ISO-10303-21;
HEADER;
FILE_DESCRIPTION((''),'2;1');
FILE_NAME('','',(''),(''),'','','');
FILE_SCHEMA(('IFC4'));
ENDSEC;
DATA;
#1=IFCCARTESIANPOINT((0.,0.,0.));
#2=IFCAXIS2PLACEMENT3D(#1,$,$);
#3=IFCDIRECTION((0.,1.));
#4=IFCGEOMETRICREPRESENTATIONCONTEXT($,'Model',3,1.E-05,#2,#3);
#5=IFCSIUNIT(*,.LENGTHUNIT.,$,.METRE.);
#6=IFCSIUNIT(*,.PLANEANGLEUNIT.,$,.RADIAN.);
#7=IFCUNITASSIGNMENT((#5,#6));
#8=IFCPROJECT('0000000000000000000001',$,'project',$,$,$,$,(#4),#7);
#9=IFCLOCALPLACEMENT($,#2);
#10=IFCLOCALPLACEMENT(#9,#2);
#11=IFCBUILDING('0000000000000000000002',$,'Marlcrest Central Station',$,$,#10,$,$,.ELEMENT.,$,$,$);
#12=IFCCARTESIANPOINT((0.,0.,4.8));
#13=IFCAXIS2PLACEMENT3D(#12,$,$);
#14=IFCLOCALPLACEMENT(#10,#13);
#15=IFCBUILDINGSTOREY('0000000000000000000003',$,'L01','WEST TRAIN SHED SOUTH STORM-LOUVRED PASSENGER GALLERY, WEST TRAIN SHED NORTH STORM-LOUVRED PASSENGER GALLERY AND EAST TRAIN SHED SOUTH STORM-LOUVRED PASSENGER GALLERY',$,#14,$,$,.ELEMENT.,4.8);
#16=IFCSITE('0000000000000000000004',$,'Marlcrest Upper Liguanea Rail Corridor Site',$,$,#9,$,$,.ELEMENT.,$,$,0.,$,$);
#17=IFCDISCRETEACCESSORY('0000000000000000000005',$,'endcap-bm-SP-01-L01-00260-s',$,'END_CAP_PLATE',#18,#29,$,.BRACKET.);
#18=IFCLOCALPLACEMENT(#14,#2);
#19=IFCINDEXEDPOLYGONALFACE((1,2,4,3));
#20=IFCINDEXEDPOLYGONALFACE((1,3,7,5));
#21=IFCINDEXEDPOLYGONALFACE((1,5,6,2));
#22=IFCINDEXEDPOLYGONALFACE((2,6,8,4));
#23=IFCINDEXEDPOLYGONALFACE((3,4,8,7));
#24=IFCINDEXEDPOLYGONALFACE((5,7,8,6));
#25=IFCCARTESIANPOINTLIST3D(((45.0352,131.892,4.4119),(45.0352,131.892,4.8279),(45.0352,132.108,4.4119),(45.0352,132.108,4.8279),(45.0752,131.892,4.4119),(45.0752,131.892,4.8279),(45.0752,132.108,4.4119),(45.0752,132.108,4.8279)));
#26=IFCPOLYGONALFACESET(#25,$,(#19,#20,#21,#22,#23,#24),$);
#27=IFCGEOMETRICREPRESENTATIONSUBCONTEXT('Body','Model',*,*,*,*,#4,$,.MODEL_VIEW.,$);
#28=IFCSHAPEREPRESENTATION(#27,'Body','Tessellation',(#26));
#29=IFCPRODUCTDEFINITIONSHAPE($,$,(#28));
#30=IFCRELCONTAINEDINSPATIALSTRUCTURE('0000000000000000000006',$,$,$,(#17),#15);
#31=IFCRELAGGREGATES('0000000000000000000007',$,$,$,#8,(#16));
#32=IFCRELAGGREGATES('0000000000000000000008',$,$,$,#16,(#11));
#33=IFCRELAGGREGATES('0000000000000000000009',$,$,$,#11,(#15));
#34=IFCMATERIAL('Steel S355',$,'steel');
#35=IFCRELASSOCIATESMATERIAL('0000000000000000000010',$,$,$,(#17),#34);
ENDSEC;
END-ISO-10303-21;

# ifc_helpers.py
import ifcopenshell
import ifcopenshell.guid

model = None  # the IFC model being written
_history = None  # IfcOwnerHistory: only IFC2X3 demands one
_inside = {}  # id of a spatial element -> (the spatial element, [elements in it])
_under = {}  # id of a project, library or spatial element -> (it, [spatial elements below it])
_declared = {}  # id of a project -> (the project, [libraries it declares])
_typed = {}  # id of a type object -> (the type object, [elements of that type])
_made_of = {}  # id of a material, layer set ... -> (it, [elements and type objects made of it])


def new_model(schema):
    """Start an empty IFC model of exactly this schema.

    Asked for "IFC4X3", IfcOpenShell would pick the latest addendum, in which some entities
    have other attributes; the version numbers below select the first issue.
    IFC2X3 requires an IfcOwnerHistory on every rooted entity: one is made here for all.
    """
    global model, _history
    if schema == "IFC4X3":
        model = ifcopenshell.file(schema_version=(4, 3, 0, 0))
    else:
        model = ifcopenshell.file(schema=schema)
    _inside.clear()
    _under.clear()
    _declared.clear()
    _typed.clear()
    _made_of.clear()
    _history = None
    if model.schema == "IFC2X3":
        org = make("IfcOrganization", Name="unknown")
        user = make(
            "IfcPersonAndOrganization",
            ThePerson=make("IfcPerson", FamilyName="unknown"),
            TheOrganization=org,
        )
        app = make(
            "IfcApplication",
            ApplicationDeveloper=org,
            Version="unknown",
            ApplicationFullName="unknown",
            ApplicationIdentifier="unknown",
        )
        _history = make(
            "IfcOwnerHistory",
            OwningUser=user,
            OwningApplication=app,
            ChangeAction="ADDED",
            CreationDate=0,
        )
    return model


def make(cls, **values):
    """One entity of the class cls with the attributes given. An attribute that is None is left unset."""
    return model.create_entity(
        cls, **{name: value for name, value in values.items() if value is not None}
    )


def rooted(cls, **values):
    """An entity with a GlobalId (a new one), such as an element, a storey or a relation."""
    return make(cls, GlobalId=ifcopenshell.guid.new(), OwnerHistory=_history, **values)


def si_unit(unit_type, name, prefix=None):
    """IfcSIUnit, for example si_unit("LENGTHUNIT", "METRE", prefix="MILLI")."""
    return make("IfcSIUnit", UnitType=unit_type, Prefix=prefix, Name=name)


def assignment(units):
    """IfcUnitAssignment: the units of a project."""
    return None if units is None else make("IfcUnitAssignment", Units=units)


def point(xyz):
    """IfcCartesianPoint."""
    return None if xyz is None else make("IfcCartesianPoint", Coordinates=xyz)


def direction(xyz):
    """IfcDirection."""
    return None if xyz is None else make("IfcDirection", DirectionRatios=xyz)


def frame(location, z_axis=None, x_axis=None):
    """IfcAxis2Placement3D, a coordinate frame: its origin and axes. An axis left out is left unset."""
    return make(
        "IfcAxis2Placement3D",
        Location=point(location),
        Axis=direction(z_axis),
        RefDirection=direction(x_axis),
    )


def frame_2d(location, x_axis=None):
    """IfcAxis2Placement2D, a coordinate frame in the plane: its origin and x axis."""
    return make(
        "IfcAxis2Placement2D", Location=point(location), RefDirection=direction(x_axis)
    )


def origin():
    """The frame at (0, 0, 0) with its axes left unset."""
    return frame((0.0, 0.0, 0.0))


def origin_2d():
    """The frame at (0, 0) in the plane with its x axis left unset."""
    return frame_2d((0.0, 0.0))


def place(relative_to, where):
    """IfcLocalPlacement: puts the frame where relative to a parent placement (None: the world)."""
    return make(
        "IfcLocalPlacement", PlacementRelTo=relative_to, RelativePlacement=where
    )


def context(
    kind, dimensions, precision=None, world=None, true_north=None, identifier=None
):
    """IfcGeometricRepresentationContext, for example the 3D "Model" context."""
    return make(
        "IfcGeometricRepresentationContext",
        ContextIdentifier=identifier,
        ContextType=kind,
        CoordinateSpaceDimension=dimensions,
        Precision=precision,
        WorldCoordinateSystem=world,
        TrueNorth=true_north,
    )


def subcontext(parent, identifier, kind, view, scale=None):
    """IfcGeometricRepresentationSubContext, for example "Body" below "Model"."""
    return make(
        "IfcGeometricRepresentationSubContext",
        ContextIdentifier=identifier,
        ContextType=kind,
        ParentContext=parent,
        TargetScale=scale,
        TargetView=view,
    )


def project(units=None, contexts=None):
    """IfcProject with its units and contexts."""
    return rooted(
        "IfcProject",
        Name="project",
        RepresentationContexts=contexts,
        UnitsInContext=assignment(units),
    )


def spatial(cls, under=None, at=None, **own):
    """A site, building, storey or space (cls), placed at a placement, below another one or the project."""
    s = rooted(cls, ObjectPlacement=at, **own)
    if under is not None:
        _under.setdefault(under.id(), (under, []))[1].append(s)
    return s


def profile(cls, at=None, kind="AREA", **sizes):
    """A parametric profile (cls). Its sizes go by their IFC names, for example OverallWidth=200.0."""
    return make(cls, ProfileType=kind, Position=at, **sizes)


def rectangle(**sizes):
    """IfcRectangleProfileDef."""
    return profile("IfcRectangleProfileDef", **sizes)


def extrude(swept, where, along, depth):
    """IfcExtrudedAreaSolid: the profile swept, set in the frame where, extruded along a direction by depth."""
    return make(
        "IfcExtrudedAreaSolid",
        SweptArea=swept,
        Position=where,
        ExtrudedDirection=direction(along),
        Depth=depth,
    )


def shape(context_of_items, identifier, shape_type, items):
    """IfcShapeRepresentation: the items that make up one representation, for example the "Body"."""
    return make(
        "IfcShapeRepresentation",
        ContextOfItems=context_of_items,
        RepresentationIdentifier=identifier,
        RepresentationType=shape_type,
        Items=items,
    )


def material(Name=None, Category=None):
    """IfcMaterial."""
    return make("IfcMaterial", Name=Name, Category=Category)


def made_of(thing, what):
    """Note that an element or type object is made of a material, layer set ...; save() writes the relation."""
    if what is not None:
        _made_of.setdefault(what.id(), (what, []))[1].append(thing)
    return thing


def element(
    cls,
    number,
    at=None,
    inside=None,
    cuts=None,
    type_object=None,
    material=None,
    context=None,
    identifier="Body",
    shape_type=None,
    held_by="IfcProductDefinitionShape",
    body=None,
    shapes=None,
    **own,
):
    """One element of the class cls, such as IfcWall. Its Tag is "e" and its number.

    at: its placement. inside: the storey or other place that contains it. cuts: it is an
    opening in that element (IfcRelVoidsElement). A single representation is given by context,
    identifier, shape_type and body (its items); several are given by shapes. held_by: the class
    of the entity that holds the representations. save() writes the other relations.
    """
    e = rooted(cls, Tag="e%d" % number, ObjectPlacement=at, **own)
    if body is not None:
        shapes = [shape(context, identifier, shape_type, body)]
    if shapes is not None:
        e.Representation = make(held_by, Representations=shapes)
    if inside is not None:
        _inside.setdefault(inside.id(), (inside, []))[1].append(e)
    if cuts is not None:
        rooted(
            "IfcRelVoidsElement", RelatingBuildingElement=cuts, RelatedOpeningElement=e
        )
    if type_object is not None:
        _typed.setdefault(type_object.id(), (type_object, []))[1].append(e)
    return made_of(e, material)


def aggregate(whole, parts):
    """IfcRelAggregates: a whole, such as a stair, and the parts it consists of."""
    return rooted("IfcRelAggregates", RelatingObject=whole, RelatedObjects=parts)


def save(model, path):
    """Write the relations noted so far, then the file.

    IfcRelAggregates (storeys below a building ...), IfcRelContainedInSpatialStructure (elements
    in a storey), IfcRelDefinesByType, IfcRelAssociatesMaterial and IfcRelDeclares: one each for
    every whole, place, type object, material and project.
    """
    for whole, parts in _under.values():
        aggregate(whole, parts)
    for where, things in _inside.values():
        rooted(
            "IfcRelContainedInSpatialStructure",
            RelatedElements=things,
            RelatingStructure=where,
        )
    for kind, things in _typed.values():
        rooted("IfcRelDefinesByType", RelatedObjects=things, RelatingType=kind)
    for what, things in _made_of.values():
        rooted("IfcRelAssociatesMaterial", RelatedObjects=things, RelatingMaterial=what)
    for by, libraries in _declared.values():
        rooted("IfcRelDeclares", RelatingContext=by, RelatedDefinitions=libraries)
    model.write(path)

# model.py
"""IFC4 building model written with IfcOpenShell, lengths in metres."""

from ifc_helpers import new_model, si_unit, direction, frame, origin, origin_2d, place, context, subcontext, project, spatial, rectangle, extrude, material, element, save


model = new_model("IFC4")

# Units and contexts
model_context = context("Model", 3, precision=1e-05, world=origin(), true_north=direction((0.0, 1.0)))
body_context = subcontext(model_context, "Body", "Model", "MODEL_VIEW")
ifc_project = project(units=[si_unit("LENGTHUNIT", "METRE"), si_unit("PLANEANGLEUNIT", "RADIAN")], contexts=[model_context])

# Site, building, storey
site_placement = place(None, origin())
site = spatial("IfcSite", under=ifc_project, at=site_placement, Name="Marlcrest Upper Liguanea Rail Corridor Site", CompositionType="ELEMENT", RefElevation=0.0)
building_placement = place(site_placement, origin())
building = spatial("IfcBuilding", under=site, at=building_placement, Name="Marlcrest Central Station", CompositionType="ELEMENT")
storey_placement = place(building_placement, frame((0.0, 0.0, 4.8)))
storey = spatial("IfcBuildingStorey", under=building, at=storey_placement, Name="L01", Description="WEST TRAIN SHED SOUTH STORM-LOUVRED PASSENGER GALLERY, WEST TRAIN SHED NORTH STORM-LOUVRED PASSENGER GALLERY AND EAST TRAIN SHED SOUTH STORM-LOUVRED PASSENGER GALLERY", CompositionType="ELEMENT", Elevation=4.8)

# Shared definitions
ifc_material_1 = material(Name="Steel S355", Category="steel")

# Discrete accessory
for number, where, z_axis, x_axis, name in (
    (1, (45.0352, 132.0, 4.6199), (1.0, 0.0, 0.0), (0.0, 1.0, 0.0), "endcap-bm-SP-01-L01-00260-s"),
):
    element("IfcDiscreteAccessory", number, at=place(storey_placement, frame(where, z_axis=z_axis, x_axis=x_axis)), inside=storey, material=ifc_material_1, Name=name, ObjectType="END_CAP_PLATE", PredefinedType="BRACKET", context=body_context, shape_type="SweptSolid", body=[
        extrude(rectangle(XDim=0.2161, YDim=0.416, at=origin_2d()), origin(), (0.0, 0.0, 1.0), 0.04),
    ])

save(model, "model.ifc")
